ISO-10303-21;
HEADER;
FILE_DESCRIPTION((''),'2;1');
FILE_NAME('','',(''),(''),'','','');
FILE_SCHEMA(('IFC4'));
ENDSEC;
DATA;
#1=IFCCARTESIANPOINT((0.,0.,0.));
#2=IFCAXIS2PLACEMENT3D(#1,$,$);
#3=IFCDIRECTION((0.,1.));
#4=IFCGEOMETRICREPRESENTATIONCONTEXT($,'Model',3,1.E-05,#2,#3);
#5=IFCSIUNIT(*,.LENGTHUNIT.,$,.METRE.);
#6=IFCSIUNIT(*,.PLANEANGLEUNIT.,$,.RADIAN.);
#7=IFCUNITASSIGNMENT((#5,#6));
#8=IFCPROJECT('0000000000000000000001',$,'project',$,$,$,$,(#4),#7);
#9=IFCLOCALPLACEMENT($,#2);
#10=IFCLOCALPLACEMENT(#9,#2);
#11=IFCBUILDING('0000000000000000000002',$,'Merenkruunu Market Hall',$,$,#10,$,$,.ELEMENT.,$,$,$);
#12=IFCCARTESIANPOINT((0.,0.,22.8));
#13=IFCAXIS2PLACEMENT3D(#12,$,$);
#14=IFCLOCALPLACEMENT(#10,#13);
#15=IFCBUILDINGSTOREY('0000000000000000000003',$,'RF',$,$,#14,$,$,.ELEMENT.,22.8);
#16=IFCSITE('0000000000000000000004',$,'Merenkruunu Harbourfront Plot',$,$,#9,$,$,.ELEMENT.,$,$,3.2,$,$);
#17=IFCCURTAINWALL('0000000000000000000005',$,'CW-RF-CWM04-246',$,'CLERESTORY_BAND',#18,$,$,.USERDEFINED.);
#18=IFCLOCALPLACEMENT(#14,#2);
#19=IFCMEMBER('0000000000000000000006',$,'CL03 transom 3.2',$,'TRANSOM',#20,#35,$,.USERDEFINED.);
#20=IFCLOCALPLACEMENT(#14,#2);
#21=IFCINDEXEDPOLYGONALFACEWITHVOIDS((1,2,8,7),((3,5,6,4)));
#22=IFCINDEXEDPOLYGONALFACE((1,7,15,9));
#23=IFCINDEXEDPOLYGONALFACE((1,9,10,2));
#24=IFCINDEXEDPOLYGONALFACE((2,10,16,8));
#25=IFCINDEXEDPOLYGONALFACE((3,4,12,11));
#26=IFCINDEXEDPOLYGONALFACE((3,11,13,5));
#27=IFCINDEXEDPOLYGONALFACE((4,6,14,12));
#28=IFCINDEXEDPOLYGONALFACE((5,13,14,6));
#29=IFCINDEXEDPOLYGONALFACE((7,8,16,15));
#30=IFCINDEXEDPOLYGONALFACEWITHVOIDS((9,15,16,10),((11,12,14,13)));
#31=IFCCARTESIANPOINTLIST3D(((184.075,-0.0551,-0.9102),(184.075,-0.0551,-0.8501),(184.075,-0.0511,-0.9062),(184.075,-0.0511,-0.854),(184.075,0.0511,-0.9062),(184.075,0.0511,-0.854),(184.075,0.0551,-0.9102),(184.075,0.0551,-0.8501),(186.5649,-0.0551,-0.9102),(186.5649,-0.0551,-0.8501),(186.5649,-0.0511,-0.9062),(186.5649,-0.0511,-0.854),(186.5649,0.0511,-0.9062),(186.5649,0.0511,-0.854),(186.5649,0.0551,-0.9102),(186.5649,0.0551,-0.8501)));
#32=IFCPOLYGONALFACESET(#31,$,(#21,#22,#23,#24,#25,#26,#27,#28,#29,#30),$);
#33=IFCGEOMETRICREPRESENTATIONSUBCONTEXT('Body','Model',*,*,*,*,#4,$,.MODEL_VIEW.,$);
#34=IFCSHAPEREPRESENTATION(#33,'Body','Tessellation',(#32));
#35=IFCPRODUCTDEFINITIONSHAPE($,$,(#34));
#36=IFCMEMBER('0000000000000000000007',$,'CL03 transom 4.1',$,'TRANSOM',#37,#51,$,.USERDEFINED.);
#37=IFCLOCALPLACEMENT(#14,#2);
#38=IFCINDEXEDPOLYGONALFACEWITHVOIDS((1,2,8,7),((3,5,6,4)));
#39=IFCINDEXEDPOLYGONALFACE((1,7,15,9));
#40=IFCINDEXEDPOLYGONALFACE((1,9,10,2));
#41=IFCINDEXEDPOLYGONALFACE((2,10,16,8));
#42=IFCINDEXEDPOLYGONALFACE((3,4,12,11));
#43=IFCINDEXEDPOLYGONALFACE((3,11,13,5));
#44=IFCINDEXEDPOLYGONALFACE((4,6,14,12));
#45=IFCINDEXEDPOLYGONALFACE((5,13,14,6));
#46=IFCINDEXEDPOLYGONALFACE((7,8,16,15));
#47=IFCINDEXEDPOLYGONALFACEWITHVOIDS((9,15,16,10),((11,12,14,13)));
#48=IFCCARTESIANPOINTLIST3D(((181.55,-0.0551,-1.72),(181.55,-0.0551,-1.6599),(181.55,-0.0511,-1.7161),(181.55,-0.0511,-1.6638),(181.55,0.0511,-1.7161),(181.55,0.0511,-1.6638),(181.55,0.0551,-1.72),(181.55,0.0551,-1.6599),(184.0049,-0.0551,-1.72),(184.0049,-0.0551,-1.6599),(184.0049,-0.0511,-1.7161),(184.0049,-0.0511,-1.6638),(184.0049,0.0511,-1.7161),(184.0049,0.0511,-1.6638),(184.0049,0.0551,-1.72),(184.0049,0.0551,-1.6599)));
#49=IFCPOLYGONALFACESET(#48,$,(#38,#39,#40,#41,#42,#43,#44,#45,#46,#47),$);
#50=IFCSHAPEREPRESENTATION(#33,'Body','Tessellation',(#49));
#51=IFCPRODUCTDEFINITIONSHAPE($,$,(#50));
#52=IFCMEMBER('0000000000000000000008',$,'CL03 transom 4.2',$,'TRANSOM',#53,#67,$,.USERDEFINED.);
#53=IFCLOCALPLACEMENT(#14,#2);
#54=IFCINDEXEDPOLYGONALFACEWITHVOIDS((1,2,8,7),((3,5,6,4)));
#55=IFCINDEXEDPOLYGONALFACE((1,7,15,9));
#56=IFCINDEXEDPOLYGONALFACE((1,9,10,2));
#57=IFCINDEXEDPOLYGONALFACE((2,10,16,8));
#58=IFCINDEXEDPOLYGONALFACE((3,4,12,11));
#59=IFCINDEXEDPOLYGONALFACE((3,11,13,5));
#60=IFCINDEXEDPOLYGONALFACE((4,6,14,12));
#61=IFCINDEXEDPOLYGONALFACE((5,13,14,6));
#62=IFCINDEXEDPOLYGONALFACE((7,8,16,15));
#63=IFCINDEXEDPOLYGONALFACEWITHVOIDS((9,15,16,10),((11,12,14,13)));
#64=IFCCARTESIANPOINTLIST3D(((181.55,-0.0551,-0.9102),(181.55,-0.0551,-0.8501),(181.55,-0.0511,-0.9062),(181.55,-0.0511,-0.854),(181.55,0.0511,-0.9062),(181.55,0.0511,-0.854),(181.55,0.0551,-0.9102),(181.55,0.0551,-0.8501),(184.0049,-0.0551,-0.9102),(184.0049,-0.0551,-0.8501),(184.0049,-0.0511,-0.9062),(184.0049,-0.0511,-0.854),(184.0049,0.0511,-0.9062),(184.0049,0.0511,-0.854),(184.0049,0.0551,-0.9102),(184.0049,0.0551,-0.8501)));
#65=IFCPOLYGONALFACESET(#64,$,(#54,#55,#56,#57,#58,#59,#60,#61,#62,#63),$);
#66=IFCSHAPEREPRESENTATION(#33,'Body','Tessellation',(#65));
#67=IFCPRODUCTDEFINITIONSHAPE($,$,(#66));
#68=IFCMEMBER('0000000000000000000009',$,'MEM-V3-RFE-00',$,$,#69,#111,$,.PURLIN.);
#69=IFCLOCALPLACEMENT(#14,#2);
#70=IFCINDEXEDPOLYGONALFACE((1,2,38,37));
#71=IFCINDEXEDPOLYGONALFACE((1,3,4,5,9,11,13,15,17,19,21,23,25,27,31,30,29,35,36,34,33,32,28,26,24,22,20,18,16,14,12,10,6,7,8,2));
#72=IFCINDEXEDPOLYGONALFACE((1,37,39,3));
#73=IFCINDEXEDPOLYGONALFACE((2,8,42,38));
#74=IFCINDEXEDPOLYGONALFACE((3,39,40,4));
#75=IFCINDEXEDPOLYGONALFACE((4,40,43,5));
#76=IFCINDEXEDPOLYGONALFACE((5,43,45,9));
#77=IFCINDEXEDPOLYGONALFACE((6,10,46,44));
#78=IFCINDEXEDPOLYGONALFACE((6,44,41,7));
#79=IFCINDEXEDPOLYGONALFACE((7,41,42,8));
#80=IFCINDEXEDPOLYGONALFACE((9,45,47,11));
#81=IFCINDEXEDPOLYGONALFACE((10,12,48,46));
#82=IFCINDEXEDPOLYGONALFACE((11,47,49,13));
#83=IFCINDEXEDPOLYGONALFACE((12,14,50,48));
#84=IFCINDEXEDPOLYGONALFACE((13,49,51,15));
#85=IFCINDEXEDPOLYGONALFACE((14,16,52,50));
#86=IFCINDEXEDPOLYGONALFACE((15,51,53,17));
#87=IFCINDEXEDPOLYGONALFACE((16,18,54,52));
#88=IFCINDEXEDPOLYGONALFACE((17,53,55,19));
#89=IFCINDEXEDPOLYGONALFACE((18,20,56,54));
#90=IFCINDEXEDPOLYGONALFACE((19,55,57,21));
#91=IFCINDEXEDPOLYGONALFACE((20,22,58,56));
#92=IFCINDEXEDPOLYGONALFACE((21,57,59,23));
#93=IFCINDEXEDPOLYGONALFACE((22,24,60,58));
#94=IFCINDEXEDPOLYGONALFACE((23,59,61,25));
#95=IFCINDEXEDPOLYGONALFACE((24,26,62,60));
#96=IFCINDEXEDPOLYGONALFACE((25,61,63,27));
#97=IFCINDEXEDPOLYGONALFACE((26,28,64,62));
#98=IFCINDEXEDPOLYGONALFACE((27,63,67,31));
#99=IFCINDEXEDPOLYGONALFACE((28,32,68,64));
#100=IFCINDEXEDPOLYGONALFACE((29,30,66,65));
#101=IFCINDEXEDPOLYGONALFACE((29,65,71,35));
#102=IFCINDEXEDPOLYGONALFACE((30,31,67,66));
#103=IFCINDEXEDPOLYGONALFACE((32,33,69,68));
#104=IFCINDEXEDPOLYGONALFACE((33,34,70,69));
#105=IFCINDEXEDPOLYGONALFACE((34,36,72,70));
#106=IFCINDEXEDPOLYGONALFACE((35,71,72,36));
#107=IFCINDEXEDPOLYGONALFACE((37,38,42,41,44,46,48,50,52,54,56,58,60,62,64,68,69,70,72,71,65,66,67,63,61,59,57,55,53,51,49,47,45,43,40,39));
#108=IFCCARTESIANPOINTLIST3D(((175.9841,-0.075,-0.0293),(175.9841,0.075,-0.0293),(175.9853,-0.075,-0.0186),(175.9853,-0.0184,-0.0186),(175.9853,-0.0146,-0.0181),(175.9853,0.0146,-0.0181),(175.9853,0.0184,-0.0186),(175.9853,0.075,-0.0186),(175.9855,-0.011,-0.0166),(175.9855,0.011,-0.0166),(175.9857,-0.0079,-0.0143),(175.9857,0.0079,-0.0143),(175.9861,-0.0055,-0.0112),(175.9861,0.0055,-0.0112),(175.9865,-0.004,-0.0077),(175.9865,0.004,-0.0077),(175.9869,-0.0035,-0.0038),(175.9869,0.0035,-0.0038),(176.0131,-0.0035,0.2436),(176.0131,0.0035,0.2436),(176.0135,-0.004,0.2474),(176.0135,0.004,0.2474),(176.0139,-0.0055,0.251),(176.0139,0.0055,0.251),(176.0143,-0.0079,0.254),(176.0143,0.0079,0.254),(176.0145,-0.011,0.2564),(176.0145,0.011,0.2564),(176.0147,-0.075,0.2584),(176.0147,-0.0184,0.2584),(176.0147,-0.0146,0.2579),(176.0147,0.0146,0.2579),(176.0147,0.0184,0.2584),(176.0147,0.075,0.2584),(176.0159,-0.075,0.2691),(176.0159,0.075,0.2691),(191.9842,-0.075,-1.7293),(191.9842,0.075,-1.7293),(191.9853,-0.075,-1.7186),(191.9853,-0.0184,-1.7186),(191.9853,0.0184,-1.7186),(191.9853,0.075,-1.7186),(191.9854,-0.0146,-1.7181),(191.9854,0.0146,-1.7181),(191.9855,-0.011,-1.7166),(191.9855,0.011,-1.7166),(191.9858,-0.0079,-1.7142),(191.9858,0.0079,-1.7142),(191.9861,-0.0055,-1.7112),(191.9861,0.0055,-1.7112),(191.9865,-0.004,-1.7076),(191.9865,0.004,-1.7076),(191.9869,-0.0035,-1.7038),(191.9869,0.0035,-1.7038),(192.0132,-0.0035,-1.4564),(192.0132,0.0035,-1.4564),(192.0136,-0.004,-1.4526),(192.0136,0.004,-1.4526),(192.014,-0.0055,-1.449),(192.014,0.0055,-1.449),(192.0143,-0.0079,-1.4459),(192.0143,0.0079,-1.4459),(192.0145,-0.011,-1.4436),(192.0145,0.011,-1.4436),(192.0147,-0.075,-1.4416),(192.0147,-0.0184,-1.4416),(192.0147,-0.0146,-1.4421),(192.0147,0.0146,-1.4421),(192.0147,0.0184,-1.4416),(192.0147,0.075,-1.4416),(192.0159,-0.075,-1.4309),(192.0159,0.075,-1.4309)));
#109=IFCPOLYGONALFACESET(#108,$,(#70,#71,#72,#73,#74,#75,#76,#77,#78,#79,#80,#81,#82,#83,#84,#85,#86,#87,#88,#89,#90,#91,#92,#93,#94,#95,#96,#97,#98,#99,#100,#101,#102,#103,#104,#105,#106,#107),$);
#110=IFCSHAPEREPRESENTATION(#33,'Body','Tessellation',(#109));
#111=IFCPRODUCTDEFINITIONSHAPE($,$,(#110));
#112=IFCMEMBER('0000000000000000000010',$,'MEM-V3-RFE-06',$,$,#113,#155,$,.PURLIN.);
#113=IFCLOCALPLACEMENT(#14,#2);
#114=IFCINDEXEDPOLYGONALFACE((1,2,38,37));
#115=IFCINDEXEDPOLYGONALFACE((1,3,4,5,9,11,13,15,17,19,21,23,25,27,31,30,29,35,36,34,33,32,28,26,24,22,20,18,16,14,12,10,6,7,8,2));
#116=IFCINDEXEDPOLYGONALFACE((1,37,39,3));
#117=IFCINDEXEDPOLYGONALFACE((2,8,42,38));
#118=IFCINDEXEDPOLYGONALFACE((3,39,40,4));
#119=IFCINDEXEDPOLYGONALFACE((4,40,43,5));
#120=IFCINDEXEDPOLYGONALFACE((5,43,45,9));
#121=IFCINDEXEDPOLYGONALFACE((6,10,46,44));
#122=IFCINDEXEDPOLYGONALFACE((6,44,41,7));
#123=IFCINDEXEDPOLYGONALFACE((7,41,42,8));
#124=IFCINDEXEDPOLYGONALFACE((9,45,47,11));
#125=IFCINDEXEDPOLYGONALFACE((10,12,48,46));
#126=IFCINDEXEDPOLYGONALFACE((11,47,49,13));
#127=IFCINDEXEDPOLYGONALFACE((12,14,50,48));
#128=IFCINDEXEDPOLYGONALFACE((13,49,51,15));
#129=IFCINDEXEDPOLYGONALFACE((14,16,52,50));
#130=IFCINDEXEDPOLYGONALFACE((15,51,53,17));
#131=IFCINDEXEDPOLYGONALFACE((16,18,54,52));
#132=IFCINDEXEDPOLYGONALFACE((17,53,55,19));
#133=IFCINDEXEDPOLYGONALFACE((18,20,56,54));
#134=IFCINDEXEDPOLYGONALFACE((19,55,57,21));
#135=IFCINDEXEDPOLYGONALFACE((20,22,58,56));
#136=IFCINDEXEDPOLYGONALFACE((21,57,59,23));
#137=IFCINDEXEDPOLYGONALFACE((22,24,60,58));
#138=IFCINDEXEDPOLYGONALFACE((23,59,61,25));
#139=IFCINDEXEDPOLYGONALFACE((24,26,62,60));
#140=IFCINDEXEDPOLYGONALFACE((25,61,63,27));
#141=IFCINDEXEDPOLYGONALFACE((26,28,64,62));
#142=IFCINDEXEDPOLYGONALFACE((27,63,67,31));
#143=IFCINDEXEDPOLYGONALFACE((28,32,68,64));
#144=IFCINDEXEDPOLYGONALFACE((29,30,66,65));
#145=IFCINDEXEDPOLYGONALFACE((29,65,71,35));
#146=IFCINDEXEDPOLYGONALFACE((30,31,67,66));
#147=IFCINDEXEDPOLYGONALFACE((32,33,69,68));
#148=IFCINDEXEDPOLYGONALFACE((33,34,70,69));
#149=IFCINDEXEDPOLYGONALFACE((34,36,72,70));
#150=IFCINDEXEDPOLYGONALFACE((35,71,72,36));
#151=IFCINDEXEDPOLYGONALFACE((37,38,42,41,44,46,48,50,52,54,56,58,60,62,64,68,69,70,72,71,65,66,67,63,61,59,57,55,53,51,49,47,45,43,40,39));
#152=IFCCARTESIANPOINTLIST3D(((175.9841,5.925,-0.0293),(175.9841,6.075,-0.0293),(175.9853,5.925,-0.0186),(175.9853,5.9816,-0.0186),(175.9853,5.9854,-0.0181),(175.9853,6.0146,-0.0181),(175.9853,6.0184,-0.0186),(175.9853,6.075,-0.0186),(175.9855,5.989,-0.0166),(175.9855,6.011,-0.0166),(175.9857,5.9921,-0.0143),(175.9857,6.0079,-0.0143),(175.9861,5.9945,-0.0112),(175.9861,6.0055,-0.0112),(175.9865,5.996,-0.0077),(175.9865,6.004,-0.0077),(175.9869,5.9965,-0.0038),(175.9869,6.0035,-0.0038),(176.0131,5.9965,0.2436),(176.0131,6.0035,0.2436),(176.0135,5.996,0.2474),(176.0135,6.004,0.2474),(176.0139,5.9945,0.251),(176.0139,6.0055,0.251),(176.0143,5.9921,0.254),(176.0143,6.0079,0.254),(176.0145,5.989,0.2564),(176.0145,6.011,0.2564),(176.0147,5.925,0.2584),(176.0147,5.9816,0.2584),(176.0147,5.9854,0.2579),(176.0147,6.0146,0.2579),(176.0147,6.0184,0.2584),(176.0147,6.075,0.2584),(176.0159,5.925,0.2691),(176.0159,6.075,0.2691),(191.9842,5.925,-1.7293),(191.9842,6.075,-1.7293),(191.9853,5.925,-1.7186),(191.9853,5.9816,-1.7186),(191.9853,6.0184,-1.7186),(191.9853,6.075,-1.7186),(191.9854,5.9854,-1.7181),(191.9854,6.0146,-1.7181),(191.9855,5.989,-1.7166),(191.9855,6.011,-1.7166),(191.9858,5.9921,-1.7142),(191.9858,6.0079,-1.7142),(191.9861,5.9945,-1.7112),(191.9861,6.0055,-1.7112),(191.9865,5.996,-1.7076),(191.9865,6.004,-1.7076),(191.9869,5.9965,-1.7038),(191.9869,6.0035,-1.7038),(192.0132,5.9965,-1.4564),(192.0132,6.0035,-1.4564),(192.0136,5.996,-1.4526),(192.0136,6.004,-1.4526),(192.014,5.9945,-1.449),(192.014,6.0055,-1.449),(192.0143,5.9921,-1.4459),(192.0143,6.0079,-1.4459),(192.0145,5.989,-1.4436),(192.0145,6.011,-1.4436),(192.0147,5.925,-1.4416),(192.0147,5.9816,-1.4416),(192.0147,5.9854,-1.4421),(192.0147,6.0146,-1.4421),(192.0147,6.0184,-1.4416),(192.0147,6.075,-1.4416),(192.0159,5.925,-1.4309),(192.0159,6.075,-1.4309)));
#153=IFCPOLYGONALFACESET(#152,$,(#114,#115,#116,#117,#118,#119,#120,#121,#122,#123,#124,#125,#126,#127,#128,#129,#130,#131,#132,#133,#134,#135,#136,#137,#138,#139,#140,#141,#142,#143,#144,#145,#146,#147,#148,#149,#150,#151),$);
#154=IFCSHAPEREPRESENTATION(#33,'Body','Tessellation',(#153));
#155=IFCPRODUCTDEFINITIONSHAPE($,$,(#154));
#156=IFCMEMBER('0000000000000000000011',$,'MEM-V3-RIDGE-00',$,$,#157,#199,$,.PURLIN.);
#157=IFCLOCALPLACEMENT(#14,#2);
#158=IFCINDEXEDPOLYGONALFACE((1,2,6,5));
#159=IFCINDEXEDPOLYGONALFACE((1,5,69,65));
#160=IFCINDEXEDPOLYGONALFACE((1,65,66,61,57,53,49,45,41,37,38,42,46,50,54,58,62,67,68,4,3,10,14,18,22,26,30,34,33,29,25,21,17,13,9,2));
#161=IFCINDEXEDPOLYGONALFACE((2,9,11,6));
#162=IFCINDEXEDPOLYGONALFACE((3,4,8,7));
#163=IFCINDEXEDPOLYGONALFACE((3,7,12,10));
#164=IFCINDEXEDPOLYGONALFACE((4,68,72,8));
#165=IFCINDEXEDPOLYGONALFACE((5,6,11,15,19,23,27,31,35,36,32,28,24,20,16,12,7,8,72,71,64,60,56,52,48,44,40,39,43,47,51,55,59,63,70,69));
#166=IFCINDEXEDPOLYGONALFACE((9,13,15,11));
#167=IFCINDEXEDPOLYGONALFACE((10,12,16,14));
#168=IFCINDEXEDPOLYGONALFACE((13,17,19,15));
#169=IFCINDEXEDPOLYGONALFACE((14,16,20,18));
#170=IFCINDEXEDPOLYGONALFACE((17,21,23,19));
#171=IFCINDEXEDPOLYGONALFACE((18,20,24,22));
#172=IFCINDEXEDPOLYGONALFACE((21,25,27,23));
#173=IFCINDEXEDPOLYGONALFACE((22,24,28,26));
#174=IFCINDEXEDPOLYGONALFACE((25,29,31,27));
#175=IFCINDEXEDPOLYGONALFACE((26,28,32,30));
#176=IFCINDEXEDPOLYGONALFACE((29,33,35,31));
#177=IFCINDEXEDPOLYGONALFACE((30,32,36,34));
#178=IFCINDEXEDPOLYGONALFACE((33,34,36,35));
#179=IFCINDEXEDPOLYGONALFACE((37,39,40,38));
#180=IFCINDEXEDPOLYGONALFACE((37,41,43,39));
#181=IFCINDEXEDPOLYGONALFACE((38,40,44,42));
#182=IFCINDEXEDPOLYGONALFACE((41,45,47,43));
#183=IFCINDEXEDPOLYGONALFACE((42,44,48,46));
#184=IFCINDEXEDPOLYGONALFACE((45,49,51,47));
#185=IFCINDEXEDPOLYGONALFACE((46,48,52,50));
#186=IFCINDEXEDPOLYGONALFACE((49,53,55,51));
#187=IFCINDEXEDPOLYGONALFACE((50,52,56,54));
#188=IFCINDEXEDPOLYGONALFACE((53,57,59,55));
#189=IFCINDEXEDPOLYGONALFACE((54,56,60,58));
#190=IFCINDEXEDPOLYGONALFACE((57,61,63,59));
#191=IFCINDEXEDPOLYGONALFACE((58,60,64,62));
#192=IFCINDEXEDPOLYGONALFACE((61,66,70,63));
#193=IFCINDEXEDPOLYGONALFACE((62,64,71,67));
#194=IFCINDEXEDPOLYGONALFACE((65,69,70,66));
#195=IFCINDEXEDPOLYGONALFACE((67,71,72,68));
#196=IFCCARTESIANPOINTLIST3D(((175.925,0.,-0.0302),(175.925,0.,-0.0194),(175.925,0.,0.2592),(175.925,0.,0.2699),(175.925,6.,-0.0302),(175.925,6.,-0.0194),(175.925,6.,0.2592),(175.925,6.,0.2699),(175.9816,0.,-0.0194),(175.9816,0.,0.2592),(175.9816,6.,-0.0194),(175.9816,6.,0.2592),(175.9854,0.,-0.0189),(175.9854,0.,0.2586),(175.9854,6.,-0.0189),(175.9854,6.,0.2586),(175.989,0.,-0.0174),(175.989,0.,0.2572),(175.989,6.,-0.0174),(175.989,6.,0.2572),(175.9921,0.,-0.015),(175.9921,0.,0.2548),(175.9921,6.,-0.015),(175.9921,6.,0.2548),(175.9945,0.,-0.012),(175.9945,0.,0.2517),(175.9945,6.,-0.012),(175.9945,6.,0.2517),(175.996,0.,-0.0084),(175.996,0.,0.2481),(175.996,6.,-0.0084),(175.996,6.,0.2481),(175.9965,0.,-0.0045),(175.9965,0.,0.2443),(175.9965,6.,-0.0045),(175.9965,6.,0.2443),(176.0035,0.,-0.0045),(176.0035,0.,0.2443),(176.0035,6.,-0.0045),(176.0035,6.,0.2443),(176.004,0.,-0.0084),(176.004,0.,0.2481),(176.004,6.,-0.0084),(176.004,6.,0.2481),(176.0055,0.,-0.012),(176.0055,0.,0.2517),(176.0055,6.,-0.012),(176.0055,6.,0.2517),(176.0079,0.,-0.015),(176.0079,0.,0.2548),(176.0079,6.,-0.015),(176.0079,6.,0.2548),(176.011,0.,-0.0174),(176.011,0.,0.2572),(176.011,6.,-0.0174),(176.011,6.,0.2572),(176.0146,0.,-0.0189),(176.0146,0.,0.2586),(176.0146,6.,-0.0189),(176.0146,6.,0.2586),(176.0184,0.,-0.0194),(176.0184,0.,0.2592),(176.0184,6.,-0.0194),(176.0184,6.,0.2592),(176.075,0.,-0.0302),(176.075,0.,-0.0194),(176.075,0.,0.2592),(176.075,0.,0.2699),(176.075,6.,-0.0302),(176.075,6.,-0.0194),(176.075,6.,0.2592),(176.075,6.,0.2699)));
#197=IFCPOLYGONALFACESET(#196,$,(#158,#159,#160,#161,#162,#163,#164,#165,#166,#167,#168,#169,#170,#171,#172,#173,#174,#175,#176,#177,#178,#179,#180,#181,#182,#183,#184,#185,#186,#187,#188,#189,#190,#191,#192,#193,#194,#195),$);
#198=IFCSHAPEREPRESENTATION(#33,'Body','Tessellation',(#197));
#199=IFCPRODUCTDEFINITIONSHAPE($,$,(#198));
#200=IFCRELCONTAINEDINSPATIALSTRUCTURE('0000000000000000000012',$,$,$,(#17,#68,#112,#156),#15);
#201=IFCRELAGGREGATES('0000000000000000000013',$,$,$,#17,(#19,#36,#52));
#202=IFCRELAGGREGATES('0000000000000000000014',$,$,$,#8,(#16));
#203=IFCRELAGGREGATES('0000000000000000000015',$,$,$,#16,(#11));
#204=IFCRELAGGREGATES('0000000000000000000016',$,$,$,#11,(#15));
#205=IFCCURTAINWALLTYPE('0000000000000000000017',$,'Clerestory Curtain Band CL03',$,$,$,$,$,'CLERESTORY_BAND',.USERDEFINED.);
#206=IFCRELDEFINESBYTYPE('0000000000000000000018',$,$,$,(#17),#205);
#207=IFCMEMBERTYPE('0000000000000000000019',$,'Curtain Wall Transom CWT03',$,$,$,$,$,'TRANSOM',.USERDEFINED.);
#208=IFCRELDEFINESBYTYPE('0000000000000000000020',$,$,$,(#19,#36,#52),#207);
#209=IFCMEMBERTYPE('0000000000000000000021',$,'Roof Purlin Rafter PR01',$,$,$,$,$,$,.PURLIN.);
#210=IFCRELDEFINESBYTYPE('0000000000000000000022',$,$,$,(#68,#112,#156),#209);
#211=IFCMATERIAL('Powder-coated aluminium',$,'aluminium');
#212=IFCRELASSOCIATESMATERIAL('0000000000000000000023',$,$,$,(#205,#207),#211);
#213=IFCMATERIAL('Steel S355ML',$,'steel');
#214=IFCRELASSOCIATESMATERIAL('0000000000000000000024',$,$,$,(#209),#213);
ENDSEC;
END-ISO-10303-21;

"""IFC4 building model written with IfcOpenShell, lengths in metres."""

from ifc_helpers import new_model, si_unit, direction, frame, origin, origin_2d, place, context, subcontext, project, spatial, hollow_rectangle, i_section, extrude, material, material_profile, profile_set, type_object, element, aggregate, save


model = new_model("IFC4")

# Units and contexts
model_context = context("Model", 3, precision=1e-05, world=origin(), true_north=direction((0.0, 1.0)))
body_context = subcontext(model_context, "Body", "Model", "MODEL_VIEW")
ifc_project = project(units=[si_unit("LENGTHUNIT", "METRE"), si_unit("PLANEANGLEUNIT", "RADIAN")], contexts=[model_context])

# Site, building, storey
site_placement = place(None, origin())
site = spatial("IfcSite", under=ifc_project, at=site_placement, Name="Merenkruunu Harbourfront Plot", CompositionType="ELEMENT", RefElevation=3.2)
building_placement = place(site_placement, origin())
building = spatial("IfcBuilding", under=site, at=building_placement, Name="Merenkruunu Market Hall", CompositionType="ELEMENT")
storey_placement = place(building_placement, frame((0.0, 0.0, 22.8)))
storey = spatial("IfcBuildingStorey", under=building, at=storey_placement, Name="RF", CompositionType="ELEMENT", Elevation=22.8)

# Curtain wall
ifc_material_1 = material(Name="Powder-coated aluminium", Category="aluminium")
curtain_wall_type = type_object("IfcCurtainWallType", Name="Clerestory Curtain Band CL03", ElementType="CLERESTORY_BAND", PredefinedType="USERDEFINED", material=ifc_material_1)
curtain_wall_1_placement = place(storey_placement, origin())
curtain_wall_1 = element("IfcCurtainWall", 1, at=curtain_wall_1_placement, inside=storey, type_object=curtain_wall_type, Name="CW-RF-CWM04-246", ObjectType="CLERESTORY_BAND", PredefinedType="USERDEFINED")

# Members
ifc_material_profile_1 = material_profile(ifc_material_1, hollow_rectangle(XDim=0.0601, YDim=0.1101, WallThickness=0.0039, at=origin_2d()), Name="ALU 60x110x4")
ifc_profile_set_1 = profile_set([ifc_material_profile_1], Name="Powder-coated aluminium")
member_type_1 = type_object("IfcMemberType", Name="Curtain Wall Transom CWT03", ElementType="TRANSOM", PredefinedType="USERDEFINED", material=ifc_profile_set_1)
member_1_placement = place(storey_placement, frame((186.5649, 0.0, -0.8801), z_axis=(-1.0, 0.0, 0.0), x_axis=(0.0, 0.0, 1.0)))
member_1 = element("IfcMember", 2, at=member_1_placement, type_object=member_type_1, Name="CL03 transom 3.2", ObjectType="TRANSOM", PredefinedType="USERDEFINED", context=body_context, shape_type="SweptSolid", body=[
    extrude(hollow_rectangle(XDim=0.0601, YDim=0.1101, WallThickness=0.0039, at=origin_2d()), origin(), (0.0, 0.0, 1.0), 2.49),
])
member_2_placement = place(storey_placement, frame((184.0049, 0.0, -1.6899), z_axis=(-1.0, 0.0, 0.0), x_axis=(0.0, 0.0, 1.0)))
member_2 = element("IfcMember", 3, at=member_2_placement, type_object=member_type_1, Name="CL03 transom 4.1", ObjectType="TRANSOM", PredefinedType="USERDEFINED", context=body_context, shape_type="SweptSolid", body=[
    extrude(hollow_rectangle(XDim=0.0601, YDim=0.1101, WallThickness=0.0039, at=origin_2d()), origin(), (0.0, 0.0, 1.0), 2.4548),
])
member_3_placement = place(storey_placement, frame((184.0049, 0.0, -0.8801), z_axis=(-1.0, 0.0, 0.0), x_axis=(0.0, 0.0, 1.0)))
member_3 = element("IfcMember", 4, at=member_3_placement, type_object=member_type_1, Name="CL03 transom 4.2", ObjectType="TRANSOM", PredefinedType="USERDEFINED", context=body_context, shape_type="SweptSolid", body=[
    extrude(hollow_rectangle(XDim=0.0601, YDim=0.1101, WallThickness=0.0039, at=origin_2d()), origin(), (0.0, 0.0, 1.0), 2.4548),
])

# Members
ifc_material_2 = material(Name="Steel S355ML", Category="steel")
ifc_material_profile_2 = material_profile(ifc_material_2, i_section(OverallWidth=0.1499, OverallDepth=0.3, WebThickness=0.0071, FlangeThickness=0.0107, FilletRadius=0.0149, at=origin_2d()), Name="IPE 300")
ifc_profile_set_2 = profile_set([ifc_material_profile_2], Name="Steel S355ML")
member_type_2 = type_object("IfcMemberType", Name="Roof Purlin Rafter PR01", PredefinedType="PURLIN", material=ifc_profile_set_2)
for number, where, z_axis, x_axis, name in (
    (5, (176.0, 0.0, 0.1199), (0.994403, 0.0, -0.105652), (0.0, 1.0, 0.0), "MEM-V3-RFE-00"),
    (6, (176.0, 6.0, 0.1199), (0.994403, 0.0, -0.105652), (0.0, 1.0, 0.0), "MEM-V3-RFE-06"),
):
    element("IfcMember", number, at=place(storey_placement, frame(where, z_axis=z_axis, x_axis=x_axis)), inside=storey, type_object=member_type_2, Name=name, PredefinedType="PURLIN", context=body_context, shape_type="SweptSolid", body=[
        extrude(i_section(OverallWidth=0.1499, OverallDepth=0.3, WebThickness=0.0071, FlangeThickness=0.0107, FilletRadius=0.0149, at=origin_2d()), origin(), (0.0, 0.0, 1.0), 16.0901),
    ])
member_4_placement = place(storey_placement, frame((176.0, 0.0, 0.1199), z_axis=(0.0, 1.0, 0.0), x_axis=(-1.0, 0.0, 0.0)))
element("IfcMember", 7, at=member_4_placement, inside=storey, type_object=member_type_2, Name="MEM-V3-RIDGE-00", PredefinedType="PURLIN", context=body_context, shape_type="SweptSolid", body=[
    extrude(i_section(OverallWidth=0.1499, OverallDepth=0.3, WebThickness=0.0071, FlangeThickness=0.0107, FilletRadius=0.0149, at=origin_2d()), origin(), (0.0, 0.0, 1.0), 6.0),
])

aggregate(curtain_wall_1, [member_1, member_2, member_3])

save(model, "model.ifc")
